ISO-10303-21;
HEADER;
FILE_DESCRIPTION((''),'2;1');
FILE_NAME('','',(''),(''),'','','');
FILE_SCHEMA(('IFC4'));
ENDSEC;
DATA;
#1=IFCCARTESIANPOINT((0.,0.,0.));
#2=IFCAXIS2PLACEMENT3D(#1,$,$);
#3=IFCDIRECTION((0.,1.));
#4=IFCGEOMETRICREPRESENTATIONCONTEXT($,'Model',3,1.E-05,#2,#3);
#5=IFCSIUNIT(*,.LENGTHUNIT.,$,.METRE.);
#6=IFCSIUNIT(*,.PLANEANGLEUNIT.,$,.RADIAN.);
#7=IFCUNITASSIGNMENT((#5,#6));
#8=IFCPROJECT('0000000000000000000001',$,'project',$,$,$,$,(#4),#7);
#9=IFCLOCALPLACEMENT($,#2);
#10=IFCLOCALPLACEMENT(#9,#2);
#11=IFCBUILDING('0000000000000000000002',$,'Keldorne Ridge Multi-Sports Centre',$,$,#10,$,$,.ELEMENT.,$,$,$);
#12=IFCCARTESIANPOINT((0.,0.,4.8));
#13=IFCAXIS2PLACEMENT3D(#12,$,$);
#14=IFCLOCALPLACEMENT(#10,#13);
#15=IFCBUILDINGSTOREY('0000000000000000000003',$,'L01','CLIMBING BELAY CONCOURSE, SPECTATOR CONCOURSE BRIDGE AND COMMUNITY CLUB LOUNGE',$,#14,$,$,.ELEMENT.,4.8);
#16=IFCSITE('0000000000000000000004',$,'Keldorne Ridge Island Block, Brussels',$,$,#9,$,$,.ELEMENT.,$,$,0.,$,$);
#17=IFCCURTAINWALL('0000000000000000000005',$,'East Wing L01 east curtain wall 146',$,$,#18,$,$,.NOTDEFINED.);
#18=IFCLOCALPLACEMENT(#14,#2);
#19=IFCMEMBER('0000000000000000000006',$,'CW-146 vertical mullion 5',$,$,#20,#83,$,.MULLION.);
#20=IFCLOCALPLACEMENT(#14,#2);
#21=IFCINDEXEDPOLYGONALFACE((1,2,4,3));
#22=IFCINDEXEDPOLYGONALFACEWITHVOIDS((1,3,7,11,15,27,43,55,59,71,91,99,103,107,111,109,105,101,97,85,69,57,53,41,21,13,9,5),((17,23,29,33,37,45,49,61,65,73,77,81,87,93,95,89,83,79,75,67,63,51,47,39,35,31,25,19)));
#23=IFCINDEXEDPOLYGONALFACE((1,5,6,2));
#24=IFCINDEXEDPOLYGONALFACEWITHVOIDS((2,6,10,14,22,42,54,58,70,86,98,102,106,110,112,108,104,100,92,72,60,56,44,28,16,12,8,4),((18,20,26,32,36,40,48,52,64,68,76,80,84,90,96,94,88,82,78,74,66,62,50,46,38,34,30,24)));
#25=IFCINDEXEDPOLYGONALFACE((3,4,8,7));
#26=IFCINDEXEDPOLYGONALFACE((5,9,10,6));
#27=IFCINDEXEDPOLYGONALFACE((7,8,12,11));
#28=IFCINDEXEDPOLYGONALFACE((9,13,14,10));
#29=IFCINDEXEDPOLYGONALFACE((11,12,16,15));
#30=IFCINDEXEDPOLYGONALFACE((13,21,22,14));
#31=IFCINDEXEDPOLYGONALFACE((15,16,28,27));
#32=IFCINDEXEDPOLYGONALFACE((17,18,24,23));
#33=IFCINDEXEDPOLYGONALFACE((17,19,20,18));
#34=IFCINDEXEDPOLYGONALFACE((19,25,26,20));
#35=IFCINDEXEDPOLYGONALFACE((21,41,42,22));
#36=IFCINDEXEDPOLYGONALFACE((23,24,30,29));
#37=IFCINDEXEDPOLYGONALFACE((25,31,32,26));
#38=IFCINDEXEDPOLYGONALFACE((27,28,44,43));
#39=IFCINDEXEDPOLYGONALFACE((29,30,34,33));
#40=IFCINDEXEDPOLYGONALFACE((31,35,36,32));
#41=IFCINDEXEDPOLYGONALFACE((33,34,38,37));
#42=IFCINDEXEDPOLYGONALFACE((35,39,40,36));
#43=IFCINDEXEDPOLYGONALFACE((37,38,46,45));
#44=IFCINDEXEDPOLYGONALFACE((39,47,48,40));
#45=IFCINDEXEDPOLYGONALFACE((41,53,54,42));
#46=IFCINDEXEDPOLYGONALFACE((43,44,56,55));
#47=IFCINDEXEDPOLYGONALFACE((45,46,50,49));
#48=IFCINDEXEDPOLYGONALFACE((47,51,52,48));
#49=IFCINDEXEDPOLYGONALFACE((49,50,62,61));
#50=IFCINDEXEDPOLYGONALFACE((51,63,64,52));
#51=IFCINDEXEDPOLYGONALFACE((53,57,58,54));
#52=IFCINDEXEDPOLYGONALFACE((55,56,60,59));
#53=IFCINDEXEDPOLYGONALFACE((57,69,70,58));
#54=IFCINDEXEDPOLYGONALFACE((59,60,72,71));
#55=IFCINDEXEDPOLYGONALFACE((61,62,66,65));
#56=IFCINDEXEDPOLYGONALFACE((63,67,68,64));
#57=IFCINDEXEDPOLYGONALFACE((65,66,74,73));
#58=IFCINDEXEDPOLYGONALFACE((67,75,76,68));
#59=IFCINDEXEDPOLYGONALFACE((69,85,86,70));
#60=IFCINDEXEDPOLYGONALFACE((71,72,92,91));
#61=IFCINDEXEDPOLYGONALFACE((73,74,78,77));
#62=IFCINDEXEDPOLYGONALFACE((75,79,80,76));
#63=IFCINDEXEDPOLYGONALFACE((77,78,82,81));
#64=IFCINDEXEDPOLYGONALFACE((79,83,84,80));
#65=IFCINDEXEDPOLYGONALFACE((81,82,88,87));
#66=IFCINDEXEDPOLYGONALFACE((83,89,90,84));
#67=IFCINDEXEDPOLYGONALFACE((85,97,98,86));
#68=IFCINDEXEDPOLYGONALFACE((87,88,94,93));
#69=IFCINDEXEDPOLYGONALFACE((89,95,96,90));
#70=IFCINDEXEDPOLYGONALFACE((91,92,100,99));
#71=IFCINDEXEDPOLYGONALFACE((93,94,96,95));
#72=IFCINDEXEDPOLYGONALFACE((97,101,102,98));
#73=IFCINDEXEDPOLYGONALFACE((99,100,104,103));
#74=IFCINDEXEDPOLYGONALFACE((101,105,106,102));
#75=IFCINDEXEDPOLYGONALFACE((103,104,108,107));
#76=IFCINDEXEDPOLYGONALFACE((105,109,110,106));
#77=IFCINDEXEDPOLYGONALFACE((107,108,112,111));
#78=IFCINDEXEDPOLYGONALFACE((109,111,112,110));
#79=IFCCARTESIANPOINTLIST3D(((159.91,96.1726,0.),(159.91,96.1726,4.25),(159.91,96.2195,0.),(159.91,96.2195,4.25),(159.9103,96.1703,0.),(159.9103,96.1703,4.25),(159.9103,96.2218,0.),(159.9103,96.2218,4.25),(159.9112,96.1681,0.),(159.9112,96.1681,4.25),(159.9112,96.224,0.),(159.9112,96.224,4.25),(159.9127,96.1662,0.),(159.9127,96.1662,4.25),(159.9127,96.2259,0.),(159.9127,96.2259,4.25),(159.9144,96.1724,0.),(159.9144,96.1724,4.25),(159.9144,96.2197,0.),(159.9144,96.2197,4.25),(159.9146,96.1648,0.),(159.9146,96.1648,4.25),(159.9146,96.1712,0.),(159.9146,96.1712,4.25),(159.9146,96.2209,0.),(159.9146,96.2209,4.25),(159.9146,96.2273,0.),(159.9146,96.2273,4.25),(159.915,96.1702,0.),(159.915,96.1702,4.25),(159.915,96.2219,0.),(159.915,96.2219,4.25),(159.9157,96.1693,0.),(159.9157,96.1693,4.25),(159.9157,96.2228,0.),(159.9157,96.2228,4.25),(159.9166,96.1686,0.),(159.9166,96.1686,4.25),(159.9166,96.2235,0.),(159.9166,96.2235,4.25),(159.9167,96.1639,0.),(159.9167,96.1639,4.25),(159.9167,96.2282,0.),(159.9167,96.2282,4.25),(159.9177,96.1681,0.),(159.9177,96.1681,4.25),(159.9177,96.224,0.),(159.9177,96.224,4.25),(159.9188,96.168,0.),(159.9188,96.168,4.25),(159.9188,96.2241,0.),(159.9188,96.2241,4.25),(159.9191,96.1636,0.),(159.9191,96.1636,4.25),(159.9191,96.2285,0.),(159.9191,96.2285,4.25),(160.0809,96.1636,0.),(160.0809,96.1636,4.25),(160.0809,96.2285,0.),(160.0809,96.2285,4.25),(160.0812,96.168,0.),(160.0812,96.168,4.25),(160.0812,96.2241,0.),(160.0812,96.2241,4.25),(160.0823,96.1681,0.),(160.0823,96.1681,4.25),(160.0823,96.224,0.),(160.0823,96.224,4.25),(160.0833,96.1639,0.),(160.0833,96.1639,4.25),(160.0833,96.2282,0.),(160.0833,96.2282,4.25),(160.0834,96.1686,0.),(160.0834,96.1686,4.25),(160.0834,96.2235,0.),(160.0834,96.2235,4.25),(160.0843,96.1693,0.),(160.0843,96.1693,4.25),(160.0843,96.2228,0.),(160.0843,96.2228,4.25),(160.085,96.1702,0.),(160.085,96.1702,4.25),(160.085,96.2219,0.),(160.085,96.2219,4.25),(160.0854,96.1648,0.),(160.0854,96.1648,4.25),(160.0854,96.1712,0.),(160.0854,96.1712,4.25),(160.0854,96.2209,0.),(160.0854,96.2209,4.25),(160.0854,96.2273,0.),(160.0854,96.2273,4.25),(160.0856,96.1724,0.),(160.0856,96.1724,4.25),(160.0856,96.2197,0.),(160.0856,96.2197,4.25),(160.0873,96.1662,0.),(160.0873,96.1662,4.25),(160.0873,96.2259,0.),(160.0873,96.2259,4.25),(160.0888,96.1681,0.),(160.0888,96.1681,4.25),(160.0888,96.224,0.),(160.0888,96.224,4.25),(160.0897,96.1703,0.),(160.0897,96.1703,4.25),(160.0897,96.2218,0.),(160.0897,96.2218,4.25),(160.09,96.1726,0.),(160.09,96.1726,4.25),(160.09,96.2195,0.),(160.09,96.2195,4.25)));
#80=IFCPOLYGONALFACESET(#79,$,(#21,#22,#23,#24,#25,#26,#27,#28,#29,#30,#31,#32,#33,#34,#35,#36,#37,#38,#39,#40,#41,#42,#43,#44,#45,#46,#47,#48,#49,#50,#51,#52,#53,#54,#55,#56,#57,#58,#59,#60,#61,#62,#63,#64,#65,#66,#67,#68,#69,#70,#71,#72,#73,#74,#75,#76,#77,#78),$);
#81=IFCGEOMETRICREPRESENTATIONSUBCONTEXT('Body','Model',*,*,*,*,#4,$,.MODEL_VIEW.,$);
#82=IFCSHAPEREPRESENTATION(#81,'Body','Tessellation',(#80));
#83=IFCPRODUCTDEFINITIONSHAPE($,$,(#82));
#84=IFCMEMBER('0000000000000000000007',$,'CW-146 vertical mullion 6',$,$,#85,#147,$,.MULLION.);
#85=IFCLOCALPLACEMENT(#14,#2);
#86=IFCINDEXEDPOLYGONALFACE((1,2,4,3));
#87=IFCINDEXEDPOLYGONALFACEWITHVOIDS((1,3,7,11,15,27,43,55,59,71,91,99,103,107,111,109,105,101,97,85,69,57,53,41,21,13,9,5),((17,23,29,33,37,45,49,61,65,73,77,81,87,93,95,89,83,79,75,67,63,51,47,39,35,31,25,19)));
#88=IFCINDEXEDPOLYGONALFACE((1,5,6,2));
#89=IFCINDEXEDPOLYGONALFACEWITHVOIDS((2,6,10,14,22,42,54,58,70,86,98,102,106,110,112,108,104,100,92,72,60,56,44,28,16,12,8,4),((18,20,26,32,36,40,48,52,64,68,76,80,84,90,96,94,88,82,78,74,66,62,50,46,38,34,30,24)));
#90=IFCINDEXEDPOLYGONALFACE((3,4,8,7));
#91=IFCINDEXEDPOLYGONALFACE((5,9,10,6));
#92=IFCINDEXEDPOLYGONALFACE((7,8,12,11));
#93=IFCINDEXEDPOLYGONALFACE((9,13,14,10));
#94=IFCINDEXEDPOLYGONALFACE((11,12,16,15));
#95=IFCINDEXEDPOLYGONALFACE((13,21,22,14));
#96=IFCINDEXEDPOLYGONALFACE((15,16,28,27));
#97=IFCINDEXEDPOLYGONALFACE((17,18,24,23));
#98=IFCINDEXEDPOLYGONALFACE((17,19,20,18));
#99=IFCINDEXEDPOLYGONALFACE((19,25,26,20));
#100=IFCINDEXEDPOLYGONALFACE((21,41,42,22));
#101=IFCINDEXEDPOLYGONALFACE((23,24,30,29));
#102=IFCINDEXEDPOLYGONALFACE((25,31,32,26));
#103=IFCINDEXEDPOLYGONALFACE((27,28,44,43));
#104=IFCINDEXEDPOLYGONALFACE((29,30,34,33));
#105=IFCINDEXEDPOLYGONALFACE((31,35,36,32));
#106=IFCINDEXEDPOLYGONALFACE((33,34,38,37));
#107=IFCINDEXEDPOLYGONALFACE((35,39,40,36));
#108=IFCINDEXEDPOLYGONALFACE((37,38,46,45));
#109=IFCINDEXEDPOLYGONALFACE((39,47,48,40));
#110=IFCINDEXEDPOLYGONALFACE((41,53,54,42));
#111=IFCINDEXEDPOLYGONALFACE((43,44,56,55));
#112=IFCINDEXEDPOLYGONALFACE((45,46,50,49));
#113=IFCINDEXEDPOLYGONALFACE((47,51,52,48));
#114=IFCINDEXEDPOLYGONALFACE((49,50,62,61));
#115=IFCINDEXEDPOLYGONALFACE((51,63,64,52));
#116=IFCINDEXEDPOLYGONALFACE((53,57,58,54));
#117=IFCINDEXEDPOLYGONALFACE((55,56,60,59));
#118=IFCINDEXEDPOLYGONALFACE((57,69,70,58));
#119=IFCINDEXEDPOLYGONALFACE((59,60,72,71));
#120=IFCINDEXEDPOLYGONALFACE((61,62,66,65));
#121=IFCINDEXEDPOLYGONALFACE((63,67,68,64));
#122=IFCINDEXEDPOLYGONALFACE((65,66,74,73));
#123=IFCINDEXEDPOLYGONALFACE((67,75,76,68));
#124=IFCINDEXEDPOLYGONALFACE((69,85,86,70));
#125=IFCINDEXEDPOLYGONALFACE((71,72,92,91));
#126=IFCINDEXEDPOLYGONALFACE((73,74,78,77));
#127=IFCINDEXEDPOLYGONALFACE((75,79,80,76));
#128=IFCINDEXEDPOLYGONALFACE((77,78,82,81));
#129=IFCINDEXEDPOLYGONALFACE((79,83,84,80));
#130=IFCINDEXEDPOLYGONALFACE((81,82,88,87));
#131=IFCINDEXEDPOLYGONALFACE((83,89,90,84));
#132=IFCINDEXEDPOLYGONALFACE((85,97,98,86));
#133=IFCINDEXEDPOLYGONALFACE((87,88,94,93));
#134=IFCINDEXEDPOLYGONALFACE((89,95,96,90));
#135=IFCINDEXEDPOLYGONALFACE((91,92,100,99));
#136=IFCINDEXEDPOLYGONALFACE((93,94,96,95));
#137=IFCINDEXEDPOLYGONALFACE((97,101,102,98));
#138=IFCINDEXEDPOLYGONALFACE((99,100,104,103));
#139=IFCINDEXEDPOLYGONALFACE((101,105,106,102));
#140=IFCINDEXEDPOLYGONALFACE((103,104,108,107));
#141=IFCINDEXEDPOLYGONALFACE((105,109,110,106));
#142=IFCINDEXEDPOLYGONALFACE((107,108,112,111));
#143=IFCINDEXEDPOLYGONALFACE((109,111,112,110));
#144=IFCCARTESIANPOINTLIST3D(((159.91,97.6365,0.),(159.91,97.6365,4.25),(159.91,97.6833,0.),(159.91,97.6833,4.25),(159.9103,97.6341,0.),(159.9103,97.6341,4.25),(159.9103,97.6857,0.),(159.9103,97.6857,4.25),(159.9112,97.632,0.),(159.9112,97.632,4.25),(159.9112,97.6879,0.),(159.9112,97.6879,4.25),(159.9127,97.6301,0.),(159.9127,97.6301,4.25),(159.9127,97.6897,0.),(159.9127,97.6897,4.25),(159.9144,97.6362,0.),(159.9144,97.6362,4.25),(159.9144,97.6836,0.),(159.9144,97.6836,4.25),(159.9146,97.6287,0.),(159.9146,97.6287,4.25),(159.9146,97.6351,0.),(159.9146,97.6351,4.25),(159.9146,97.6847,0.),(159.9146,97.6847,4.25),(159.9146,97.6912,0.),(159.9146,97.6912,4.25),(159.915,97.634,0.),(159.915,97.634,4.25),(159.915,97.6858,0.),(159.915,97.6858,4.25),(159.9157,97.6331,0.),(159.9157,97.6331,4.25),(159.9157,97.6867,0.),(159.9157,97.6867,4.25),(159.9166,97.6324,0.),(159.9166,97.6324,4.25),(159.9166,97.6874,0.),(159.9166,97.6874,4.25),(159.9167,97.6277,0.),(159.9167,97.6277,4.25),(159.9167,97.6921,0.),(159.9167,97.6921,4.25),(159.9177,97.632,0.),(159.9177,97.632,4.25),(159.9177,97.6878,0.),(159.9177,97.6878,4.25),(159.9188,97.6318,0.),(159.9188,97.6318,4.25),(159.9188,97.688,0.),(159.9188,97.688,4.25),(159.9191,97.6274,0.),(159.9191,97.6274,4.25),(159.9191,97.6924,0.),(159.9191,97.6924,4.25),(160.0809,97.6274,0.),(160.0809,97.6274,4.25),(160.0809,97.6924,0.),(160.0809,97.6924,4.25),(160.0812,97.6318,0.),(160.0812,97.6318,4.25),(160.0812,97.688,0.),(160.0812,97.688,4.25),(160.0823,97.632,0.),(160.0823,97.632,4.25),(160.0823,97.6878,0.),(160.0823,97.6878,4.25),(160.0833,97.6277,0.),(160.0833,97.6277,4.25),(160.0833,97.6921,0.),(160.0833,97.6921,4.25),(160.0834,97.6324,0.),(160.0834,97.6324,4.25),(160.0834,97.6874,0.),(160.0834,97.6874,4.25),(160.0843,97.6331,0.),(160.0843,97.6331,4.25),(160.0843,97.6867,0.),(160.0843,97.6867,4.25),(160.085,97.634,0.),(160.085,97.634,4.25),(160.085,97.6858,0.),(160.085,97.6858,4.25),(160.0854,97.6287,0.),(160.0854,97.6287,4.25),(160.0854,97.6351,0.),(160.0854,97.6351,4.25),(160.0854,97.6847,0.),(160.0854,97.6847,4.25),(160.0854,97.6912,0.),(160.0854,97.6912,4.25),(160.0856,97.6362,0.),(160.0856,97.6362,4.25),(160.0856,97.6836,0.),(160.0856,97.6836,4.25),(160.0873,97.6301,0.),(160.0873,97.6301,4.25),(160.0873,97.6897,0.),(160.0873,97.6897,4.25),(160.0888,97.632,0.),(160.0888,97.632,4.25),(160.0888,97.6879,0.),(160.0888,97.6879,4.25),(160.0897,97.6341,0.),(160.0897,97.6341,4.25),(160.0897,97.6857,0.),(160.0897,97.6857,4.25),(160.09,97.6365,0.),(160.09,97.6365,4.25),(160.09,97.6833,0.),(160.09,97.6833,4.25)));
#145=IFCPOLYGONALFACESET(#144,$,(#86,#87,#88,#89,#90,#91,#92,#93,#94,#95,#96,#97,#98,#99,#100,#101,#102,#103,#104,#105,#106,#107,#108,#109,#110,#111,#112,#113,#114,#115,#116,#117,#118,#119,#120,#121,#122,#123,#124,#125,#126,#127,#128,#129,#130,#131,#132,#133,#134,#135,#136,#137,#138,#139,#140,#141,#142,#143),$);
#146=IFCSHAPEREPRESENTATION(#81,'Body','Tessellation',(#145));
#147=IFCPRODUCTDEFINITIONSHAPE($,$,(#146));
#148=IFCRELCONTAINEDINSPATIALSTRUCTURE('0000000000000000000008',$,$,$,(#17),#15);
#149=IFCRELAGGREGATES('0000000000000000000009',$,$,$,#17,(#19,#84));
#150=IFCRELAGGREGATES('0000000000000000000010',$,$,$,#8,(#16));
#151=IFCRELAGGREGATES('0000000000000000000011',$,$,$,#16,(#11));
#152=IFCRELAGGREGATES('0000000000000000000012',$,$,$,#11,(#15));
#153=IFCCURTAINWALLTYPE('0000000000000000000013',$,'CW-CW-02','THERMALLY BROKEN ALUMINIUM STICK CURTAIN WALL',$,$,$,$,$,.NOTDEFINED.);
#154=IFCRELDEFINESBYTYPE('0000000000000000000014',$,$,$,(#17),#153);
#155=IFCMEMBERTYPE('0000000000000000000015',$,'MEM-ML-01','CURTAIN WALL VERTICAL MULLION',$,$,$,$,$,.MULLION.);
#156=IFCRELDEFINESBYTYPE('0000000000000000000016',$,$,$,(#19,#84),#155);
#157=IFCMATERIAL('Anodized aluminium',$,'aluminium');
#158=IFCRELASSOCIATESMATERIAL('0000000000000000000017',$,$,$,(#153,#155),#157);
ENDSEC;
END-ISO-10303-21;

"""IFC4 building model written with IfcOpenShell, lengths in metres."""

from ifc_helpers import new_model, si_unit, direction, frame, origin, origin_2d, place, context, subcontext, project, spatial, hollow_rectangle, extrude, material, material_profile, profile_set, type_object, element, aggregate, save


model = new_model("IFC4")

# Units and contexts
model_context = context("Model", 3, precision=1e-05, world=origin(), true_north=direction((0.0, 1.0)))
body_context = subcontext(model_context, "Body", "Model", "MODEL_VIEW")
ifc_project = project(units=[si_unit("LENGTHUNIT", "METRE"), si_unit("PLANEANGLEUNIT", "RADIAN")], contexts=[model_context])

# Site, building, storey
site_placement = place(None, origin())
site = spatial("IfcSite", under=ifc_project, at=site_placement, Name="Keldorne Ridge Island Block, Brussels", CompositionType="ELEMENT", RefElevation=0.0)
building_placement = place(site_placement, origin())
building = spatial("IfcBuilding", under=site, at=building_placement, Name="Keldorne Ridge Multi-Sports Centre", CompositionType="ELEMENT")
storey_placement = place(building_placement, frame((0.0, 0.0, 4.8)))
storey = spatial("IfcBuildingStorey", under=building, at=storey_placement, Name="L01", Description="CLIMBING BELAY CONCOURSE, SPECTATOR CONCOURSE BRIDGE AND COMMUNITY CLUB LOUNGE", CompositionType="ELEMENT", Elevation=4.8)

# Curtain wall, members
ifc_material_1 = material(Name="Anodized aluminium", Category="aluminium")
curtain_wall_type = type_object("IfcCurtainWallType", Name="CW-CW-02", Description="THERMALLY BROKEN ALUMINIUM STICK CURTAIN WALL", PredefinedType="NOTDEFINED", material=ifc_material_1)
curtain_wall_placement = place(storey_placement, origin())
curtain_wall = element("IfcCurtainWall", 1, at=curtain_wall_placement, inside=storey, type_object=curtain_wall_type, Name="East Wing L01 east curtain wall 146", PredefinedType="NOTDEFINED")
ifc_material_profile_1 = material_profile(ifc_material_1, hollow_rectangle(XDim=0.0649, YDim=0.1799, WallThickness=0.0044, InnerFilletRadius=0.0044, OuterFilletRadius=0.009, at=origin_2d()), Name="ALU MULLION 180x65x4.5")
ifc_profile_set_1 = profile_set([ifc_material_profile_1], Name="Anodized aluminium")
member_type_1 = type_object("IfcMemberType", Name="MEM-ML-01", Description="CURTAIN WALL VERTICAL MULLION", PredefinedType="MULLION", material=ifc_profile_set_1)
member_1_placement = place(storey_placement, frame((160.0, 96.196, 0.0), z_axis=(0.0, 0.0, 1.0), x_axis=(0.0, 1.0, 0.0)))
member_1 = element("IfcMember", 2, at=member_1_placement, type_object=member_type_1, Name="CW-146 vertical mullion 5", PredefinedType="MULLION", context=body_context, shape_type="SweptSolid", body=[
    extrude(hollow_rectangle(XDim=0.0649, YDim=0.1799, WallThickness=0.0044, InnerFilletRadius=0.0044, OuterFilletRadius=0.009, at=origin_2d()), origin(), (0.0, 0.0, 1.0), 4.25),
])
member_2_placement = place(storey_placement, frame((160.0, 97.6599, 0.0), z_axis=(0.0, 0.0, 1.0), x_axis=(0.0, 1.0, 0.0)))
member_2 = element("IfcMember", 3, at=member_2_placement, type_object=member_type_1, Name="CW-146 vertical mullion 6", PredefinedType="MULLION", context=body_context, shape_type="SweptSolid", body=[
    extrude(hollow_rectangle(XDim=0.0649, YDim=0.1799, WallThickness=0.0044, InnerFilletRadius=0.0044, OuterFilletRadius=0.009, at=origin_2d()), origin(), (0.0, 0.0, 1.0), 4.25),
])
aggregate(curtain_wall, [member_1, member_2])

save(model, "model.ifc")
